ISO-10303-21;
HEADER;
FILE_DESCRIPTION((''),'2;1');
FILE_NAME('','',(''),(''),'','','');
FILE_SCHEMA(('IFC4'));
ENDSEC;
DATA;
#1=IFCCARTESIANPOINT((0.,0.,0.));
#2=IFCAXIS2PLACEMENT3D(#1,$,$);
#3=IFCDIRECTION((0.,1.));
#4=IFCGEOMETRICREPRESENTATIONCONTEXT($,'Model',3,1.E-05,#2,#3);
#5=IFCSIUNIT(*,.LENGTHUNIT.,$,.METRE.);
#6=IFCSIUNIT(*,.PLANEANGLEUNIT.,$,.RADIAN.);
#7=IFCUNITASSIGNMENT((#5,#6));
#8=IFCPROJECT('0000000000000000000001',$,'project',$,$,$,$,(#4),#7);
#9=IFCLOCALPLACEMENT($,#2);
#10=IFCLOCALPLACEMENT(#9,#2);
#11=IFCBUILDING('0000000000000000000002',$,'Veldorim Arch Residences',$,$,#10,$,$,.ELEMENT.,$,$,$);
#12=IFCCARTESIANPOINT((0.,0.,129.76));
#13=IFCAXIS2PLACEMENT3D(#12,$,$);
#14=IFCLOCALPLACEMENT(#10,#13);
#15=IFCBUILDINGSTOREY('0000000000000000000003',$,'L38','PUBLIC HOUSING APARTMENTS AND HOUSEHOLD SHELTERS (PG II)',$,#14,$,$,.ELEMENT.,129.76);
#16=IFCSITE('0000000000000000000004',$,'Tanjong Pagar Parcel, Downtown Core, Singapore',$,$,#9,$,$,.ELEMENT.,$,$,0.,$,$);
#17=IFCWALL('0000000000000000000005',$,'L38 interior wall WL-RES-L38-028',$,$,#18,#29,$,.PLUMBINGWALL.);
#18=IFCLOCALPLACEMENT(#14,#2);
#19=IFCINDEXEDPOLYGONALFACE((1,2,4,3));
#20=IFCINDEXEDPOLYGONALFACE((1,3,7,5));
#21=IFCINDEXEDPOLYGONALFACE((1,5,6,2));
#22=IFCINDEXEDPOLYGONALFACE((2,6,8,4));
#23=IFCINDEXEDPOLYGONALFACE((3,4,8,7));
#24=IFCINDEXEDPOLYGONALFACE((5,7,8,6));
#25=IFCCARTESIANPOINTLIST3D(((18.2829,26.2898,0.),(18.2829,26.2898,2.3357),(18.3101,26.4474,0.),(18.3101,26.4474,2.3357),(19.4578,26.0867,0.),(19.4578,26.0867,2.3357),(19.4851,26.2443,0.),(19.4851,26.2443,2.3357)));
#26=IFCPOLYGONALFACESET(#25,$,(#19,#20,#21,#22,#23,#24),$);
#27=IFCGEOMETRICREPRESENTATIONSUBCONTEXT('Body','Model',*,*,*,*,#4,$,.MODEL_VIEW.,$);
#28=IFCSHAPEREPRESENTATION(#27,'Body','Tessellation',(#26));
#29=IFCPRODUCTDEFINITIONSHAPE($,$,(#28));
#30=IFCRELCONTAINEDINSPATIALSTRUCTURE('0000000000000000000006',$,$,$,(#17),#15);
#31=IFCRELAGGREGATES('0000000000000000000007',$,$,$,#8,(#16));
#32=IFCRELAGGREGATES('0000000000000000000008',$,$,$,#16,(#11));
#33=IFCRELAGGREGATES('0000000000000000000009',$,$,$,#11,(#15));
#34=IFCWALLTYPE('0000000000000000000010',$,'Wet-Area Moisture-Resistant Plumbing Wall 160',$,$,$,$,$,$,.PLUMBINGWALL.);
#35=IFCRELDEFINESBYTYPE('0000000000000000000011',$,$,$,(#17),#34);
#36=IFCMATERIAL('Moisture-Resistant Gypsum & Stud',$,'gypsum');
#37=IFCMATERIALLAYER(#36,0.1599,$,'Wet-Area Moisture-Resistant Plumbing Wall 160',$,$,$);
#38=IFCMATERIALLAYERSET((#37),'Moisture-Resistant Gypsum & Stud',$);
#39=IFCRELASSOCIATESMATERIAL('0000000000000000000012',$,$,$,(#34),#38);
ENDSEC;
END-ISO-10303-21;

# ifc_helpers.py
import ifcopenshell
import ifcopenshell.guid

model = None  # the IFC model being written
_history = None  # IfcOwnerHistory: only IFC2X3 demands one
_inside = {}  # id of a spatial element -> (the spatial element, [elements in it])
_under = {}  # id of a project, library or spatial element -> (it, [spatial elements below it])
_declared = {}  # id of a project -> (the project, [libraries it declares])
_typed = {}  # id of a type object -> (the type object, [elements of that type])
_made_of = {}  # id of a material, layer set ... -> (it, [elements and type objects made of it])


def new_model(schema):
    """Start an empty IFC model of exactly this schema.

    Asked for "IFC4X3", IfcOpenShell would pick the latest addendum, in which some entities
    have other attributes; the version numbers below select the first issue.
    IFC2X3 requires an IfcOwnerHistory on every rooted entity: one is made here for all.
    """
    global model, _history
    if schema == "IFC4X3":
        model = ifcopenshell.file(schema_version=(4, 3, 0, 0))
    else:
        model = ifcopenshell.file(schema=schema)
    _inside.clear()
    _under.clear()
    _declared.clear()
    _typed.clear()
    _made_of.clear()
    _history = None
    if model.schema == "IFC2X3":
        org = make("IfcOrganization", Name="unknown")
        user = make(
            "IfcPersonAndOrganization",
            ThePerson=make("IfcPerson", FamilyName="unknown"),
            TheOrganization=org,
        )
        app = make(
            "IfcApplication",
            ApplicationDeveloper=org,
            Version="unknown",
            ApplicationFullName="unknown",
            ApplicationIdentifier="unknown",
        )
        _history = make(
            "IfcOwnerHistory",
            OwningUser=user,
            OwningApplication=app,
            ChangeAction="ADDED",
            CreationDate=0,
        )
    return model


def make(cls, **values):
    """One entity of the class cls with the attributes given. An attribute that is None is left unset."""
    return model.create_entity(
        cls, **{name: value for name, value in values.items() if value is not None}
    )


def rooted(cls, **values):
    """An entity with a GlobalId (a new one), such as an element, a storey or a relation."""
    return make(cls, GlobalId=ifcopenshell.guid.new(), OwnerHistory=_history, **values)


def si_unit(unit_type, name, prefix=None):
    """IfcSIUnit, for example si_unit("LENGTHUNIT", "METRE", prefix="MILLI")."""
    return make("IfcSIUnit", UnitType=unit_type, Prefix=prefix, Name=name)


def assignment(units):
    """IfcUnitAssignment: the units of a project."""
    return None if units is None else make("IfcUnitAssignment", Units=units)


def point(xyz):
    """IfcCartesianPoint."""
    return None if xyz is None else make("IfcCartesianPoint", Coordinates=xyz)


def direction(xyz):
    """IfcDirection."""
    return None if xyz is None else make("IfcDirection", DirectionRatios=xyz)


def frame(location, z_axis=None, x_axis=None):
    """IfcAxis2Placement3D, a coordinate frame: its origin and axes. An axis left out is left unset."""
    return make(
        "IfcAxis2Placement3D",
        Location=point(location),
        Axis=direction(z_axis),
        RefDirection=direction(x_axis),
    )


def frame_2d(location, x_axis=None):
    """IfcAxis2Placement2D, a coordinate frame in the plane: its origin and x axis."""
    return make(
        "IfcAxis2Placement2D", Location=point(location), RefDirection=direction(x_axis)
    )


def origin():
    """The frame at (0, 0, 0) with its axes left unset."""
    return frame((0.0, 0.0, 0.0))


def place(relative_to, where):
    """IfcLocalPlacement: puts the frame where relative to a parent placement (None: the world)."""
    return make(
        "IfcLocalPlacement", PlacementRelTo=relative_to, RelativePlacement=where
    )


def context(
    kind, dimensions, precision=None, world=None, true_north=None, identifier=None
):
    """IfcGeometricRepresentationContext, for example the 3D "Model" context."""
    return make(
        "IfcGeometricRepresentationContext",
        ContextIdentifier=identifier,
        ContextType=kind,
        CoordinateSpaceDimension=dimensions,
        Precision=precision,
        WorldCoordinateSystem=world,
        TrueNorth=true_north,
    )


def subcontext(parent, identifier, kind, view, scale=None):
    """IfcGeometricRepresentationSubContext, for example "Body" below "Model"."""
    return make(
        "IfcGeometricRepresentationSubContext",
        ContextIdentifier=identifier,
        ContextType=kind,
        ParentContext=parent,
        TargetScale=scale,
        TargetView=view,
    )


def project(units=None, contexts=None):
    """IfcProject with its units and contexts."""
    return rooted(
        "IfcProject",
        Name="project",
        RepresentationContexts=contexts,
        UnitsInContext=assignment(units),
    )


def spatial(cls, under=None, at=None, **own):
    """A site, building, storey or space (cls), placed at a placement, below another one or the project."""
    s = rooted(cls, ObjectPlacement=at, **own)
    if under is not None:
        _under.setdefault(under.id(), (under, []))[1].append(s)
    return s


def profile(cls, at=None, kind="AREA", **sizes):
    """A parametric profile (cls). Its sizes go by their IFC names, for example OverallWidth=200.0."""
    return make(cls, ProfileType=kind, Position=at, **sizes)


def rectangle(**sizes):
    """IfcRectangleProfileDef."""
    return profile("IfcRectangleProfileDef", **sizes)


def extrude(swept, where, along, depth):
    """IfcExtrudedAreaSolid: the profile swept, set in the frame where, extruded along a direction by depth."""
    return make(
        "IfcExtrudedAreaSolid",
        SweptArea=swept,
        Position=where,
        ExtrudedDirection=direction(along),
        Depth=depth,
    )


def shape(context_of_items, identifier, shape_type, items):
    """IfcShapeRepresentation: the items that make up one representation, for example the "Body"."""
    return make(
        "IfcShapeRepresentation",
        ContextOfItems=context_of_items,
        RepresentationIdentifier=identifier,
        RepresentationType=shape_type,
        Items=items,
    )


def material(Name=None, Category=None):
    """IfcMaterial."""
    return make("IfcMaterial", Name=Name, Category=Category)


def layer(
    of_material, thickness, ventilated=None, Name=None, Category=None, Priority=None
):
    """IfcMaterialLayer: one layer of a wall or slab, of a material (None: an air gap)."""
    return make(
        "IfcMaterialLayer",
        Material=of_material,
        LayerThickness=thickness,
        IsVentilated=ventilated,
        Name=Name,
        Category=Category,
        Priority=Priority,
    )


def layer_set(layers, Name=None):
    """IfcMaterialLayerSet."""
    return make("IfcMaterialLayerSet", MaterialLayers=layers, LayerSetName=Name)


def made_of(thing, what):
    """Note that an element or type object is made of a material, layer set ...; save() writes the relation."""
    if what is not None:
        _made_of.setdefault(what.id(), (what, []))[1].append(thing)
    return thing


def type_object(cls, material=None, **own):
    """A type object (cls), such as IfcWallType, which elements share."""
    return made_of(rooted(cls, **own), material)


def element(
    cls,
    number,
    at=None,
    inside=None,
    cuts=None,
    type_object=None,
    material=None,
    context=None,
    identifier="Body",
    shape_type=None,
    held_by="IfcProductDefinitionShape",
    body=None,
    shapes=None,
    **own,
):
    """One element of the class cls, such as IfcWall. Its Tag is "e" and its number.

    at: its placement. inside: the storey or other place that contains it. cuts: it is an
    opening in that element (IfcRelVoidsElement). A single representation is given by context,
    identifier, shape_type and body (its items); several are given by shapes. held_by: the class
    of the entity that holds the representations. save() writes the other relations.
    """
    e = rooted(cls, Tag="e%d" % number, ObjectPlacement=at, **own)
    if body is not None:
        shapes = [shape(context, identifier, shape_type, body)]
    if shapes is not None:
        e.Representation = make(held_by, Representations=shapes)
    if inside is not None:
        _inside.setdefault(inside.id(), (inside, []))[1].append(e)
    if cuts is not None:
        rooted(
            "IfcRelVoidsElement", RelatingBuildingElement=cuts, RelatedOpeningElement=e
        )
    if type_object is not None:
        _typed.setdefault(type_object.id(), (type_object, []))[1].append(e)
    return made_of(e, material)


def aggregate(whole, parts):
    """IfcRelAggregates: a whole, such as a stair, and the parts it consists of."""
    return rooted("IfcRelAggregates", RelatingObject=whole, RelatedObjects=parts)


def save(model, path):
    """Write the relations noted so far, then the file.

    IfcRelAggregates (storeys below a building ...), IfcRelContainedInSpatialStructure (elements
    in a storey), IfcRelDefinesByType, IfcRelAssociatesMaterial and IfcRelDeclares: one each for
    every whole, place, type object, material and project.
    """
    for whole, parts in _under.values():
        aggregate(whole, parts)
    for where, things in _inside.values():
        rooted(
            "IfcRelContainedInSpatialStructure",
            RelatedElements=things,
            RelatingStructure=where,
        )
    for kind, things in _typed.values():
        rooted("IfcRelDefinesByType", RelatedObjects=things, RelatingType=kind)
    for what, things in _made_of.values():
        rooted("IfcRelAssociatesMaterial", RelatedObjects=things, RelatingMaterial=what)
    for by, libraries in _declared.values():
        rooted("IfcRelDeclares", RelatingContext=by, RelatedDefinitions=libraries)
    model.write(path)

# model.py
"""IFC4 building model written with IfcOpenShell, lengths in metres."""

from ifc_helpers import new_model, si_unit, direction, frame, frame_2d, origin, place, context, subcontext, project, spatial, rectangle, extrude, material, layer, layer_set, type_object, element, save


model = new_model("IFC4")

# Units and contexts
model_context = context("Model", 3, precision=1e-05, world=origin(), true_north=direction((0.0, 1.0)))
body_context = subcontext(model_context, "Body", "Model", "MODEL_VIEW")
ifc_project = project(units=[si_unit("LENGTHUNIT", "METRE"), si_unit("PLANEANGLEUNIT", "RADIAN")], contexts=[model_context])

# Site, building, storey
site_placement = place(None, origin())
site = spatial("IfcSite", under=ifc_project, at=site_placement, Name="Tanjong Pagar Parcel, Downtown Core, Singapore", CompositionType="ELEMENT", RefElevation=0.0)
building_placement = place(site_placement, origin())
building = spatial("IfcBuilding", under=site, at=building_placement, Name="Veldorim Arch Residences", CompositionType="ELEMENT")
storey_placement = place(building_placement, frame((0.0, 0.0, 129.76)))
storey = spatial("IfcBuildingStorey", under=building, at=storey_placement, Name="L38", Description="PUBLIC HOUSING APARTMENTS AND HOUSEHOLD SHELTERS (PG II)", CompositionType="ELEMENT", Elevation=129.76)

# Shared definitions
ifc_material_1 = material(Name="Moisture-Resistant Gypsum & Stud", Category="gypsum")
ifc_layer_1 = layer(ifc_material_1, 0.1599, Name="Wet-Area Moisture-Resistant Plumbing Wall 160")
ifc_layer_set_1 = layer_set([ifc_layer_1], Name="Moisture-Resistant Gypsum & Stud")
wall_type_1 = type_object("IfcWallType", Name="Wet-Area Moisture-Resistant Plumbing Wall 160", PredefinedType="PLUMBINGWALL", material=ifc_layer_set_1)

# Wall
wall_1_placement = place(storey_placement, frame((19.4714, 26.1655, 0.0), z_axis=(0.0, 0.0, 1.0), x_axis=(-0.985386, 0.170339, 0.0)))
element("IfcWall", 1, at=wall_1_placement, inside=storey, type_object=wall_type_1, Name="L38 interior wall WL-RES-L38-028", PredefinedType="PLUMBINGWALL", context=body_context, shape_type="SweptSolid", body=[
    extrude(rectangle(XDim=1.1924, YDim=0.1599, at=frame_2d((0.5962, 0.0))), origin(), (0.0, 0.0, 1.0), 2.3357),
])

save(model, "model.ifc")
